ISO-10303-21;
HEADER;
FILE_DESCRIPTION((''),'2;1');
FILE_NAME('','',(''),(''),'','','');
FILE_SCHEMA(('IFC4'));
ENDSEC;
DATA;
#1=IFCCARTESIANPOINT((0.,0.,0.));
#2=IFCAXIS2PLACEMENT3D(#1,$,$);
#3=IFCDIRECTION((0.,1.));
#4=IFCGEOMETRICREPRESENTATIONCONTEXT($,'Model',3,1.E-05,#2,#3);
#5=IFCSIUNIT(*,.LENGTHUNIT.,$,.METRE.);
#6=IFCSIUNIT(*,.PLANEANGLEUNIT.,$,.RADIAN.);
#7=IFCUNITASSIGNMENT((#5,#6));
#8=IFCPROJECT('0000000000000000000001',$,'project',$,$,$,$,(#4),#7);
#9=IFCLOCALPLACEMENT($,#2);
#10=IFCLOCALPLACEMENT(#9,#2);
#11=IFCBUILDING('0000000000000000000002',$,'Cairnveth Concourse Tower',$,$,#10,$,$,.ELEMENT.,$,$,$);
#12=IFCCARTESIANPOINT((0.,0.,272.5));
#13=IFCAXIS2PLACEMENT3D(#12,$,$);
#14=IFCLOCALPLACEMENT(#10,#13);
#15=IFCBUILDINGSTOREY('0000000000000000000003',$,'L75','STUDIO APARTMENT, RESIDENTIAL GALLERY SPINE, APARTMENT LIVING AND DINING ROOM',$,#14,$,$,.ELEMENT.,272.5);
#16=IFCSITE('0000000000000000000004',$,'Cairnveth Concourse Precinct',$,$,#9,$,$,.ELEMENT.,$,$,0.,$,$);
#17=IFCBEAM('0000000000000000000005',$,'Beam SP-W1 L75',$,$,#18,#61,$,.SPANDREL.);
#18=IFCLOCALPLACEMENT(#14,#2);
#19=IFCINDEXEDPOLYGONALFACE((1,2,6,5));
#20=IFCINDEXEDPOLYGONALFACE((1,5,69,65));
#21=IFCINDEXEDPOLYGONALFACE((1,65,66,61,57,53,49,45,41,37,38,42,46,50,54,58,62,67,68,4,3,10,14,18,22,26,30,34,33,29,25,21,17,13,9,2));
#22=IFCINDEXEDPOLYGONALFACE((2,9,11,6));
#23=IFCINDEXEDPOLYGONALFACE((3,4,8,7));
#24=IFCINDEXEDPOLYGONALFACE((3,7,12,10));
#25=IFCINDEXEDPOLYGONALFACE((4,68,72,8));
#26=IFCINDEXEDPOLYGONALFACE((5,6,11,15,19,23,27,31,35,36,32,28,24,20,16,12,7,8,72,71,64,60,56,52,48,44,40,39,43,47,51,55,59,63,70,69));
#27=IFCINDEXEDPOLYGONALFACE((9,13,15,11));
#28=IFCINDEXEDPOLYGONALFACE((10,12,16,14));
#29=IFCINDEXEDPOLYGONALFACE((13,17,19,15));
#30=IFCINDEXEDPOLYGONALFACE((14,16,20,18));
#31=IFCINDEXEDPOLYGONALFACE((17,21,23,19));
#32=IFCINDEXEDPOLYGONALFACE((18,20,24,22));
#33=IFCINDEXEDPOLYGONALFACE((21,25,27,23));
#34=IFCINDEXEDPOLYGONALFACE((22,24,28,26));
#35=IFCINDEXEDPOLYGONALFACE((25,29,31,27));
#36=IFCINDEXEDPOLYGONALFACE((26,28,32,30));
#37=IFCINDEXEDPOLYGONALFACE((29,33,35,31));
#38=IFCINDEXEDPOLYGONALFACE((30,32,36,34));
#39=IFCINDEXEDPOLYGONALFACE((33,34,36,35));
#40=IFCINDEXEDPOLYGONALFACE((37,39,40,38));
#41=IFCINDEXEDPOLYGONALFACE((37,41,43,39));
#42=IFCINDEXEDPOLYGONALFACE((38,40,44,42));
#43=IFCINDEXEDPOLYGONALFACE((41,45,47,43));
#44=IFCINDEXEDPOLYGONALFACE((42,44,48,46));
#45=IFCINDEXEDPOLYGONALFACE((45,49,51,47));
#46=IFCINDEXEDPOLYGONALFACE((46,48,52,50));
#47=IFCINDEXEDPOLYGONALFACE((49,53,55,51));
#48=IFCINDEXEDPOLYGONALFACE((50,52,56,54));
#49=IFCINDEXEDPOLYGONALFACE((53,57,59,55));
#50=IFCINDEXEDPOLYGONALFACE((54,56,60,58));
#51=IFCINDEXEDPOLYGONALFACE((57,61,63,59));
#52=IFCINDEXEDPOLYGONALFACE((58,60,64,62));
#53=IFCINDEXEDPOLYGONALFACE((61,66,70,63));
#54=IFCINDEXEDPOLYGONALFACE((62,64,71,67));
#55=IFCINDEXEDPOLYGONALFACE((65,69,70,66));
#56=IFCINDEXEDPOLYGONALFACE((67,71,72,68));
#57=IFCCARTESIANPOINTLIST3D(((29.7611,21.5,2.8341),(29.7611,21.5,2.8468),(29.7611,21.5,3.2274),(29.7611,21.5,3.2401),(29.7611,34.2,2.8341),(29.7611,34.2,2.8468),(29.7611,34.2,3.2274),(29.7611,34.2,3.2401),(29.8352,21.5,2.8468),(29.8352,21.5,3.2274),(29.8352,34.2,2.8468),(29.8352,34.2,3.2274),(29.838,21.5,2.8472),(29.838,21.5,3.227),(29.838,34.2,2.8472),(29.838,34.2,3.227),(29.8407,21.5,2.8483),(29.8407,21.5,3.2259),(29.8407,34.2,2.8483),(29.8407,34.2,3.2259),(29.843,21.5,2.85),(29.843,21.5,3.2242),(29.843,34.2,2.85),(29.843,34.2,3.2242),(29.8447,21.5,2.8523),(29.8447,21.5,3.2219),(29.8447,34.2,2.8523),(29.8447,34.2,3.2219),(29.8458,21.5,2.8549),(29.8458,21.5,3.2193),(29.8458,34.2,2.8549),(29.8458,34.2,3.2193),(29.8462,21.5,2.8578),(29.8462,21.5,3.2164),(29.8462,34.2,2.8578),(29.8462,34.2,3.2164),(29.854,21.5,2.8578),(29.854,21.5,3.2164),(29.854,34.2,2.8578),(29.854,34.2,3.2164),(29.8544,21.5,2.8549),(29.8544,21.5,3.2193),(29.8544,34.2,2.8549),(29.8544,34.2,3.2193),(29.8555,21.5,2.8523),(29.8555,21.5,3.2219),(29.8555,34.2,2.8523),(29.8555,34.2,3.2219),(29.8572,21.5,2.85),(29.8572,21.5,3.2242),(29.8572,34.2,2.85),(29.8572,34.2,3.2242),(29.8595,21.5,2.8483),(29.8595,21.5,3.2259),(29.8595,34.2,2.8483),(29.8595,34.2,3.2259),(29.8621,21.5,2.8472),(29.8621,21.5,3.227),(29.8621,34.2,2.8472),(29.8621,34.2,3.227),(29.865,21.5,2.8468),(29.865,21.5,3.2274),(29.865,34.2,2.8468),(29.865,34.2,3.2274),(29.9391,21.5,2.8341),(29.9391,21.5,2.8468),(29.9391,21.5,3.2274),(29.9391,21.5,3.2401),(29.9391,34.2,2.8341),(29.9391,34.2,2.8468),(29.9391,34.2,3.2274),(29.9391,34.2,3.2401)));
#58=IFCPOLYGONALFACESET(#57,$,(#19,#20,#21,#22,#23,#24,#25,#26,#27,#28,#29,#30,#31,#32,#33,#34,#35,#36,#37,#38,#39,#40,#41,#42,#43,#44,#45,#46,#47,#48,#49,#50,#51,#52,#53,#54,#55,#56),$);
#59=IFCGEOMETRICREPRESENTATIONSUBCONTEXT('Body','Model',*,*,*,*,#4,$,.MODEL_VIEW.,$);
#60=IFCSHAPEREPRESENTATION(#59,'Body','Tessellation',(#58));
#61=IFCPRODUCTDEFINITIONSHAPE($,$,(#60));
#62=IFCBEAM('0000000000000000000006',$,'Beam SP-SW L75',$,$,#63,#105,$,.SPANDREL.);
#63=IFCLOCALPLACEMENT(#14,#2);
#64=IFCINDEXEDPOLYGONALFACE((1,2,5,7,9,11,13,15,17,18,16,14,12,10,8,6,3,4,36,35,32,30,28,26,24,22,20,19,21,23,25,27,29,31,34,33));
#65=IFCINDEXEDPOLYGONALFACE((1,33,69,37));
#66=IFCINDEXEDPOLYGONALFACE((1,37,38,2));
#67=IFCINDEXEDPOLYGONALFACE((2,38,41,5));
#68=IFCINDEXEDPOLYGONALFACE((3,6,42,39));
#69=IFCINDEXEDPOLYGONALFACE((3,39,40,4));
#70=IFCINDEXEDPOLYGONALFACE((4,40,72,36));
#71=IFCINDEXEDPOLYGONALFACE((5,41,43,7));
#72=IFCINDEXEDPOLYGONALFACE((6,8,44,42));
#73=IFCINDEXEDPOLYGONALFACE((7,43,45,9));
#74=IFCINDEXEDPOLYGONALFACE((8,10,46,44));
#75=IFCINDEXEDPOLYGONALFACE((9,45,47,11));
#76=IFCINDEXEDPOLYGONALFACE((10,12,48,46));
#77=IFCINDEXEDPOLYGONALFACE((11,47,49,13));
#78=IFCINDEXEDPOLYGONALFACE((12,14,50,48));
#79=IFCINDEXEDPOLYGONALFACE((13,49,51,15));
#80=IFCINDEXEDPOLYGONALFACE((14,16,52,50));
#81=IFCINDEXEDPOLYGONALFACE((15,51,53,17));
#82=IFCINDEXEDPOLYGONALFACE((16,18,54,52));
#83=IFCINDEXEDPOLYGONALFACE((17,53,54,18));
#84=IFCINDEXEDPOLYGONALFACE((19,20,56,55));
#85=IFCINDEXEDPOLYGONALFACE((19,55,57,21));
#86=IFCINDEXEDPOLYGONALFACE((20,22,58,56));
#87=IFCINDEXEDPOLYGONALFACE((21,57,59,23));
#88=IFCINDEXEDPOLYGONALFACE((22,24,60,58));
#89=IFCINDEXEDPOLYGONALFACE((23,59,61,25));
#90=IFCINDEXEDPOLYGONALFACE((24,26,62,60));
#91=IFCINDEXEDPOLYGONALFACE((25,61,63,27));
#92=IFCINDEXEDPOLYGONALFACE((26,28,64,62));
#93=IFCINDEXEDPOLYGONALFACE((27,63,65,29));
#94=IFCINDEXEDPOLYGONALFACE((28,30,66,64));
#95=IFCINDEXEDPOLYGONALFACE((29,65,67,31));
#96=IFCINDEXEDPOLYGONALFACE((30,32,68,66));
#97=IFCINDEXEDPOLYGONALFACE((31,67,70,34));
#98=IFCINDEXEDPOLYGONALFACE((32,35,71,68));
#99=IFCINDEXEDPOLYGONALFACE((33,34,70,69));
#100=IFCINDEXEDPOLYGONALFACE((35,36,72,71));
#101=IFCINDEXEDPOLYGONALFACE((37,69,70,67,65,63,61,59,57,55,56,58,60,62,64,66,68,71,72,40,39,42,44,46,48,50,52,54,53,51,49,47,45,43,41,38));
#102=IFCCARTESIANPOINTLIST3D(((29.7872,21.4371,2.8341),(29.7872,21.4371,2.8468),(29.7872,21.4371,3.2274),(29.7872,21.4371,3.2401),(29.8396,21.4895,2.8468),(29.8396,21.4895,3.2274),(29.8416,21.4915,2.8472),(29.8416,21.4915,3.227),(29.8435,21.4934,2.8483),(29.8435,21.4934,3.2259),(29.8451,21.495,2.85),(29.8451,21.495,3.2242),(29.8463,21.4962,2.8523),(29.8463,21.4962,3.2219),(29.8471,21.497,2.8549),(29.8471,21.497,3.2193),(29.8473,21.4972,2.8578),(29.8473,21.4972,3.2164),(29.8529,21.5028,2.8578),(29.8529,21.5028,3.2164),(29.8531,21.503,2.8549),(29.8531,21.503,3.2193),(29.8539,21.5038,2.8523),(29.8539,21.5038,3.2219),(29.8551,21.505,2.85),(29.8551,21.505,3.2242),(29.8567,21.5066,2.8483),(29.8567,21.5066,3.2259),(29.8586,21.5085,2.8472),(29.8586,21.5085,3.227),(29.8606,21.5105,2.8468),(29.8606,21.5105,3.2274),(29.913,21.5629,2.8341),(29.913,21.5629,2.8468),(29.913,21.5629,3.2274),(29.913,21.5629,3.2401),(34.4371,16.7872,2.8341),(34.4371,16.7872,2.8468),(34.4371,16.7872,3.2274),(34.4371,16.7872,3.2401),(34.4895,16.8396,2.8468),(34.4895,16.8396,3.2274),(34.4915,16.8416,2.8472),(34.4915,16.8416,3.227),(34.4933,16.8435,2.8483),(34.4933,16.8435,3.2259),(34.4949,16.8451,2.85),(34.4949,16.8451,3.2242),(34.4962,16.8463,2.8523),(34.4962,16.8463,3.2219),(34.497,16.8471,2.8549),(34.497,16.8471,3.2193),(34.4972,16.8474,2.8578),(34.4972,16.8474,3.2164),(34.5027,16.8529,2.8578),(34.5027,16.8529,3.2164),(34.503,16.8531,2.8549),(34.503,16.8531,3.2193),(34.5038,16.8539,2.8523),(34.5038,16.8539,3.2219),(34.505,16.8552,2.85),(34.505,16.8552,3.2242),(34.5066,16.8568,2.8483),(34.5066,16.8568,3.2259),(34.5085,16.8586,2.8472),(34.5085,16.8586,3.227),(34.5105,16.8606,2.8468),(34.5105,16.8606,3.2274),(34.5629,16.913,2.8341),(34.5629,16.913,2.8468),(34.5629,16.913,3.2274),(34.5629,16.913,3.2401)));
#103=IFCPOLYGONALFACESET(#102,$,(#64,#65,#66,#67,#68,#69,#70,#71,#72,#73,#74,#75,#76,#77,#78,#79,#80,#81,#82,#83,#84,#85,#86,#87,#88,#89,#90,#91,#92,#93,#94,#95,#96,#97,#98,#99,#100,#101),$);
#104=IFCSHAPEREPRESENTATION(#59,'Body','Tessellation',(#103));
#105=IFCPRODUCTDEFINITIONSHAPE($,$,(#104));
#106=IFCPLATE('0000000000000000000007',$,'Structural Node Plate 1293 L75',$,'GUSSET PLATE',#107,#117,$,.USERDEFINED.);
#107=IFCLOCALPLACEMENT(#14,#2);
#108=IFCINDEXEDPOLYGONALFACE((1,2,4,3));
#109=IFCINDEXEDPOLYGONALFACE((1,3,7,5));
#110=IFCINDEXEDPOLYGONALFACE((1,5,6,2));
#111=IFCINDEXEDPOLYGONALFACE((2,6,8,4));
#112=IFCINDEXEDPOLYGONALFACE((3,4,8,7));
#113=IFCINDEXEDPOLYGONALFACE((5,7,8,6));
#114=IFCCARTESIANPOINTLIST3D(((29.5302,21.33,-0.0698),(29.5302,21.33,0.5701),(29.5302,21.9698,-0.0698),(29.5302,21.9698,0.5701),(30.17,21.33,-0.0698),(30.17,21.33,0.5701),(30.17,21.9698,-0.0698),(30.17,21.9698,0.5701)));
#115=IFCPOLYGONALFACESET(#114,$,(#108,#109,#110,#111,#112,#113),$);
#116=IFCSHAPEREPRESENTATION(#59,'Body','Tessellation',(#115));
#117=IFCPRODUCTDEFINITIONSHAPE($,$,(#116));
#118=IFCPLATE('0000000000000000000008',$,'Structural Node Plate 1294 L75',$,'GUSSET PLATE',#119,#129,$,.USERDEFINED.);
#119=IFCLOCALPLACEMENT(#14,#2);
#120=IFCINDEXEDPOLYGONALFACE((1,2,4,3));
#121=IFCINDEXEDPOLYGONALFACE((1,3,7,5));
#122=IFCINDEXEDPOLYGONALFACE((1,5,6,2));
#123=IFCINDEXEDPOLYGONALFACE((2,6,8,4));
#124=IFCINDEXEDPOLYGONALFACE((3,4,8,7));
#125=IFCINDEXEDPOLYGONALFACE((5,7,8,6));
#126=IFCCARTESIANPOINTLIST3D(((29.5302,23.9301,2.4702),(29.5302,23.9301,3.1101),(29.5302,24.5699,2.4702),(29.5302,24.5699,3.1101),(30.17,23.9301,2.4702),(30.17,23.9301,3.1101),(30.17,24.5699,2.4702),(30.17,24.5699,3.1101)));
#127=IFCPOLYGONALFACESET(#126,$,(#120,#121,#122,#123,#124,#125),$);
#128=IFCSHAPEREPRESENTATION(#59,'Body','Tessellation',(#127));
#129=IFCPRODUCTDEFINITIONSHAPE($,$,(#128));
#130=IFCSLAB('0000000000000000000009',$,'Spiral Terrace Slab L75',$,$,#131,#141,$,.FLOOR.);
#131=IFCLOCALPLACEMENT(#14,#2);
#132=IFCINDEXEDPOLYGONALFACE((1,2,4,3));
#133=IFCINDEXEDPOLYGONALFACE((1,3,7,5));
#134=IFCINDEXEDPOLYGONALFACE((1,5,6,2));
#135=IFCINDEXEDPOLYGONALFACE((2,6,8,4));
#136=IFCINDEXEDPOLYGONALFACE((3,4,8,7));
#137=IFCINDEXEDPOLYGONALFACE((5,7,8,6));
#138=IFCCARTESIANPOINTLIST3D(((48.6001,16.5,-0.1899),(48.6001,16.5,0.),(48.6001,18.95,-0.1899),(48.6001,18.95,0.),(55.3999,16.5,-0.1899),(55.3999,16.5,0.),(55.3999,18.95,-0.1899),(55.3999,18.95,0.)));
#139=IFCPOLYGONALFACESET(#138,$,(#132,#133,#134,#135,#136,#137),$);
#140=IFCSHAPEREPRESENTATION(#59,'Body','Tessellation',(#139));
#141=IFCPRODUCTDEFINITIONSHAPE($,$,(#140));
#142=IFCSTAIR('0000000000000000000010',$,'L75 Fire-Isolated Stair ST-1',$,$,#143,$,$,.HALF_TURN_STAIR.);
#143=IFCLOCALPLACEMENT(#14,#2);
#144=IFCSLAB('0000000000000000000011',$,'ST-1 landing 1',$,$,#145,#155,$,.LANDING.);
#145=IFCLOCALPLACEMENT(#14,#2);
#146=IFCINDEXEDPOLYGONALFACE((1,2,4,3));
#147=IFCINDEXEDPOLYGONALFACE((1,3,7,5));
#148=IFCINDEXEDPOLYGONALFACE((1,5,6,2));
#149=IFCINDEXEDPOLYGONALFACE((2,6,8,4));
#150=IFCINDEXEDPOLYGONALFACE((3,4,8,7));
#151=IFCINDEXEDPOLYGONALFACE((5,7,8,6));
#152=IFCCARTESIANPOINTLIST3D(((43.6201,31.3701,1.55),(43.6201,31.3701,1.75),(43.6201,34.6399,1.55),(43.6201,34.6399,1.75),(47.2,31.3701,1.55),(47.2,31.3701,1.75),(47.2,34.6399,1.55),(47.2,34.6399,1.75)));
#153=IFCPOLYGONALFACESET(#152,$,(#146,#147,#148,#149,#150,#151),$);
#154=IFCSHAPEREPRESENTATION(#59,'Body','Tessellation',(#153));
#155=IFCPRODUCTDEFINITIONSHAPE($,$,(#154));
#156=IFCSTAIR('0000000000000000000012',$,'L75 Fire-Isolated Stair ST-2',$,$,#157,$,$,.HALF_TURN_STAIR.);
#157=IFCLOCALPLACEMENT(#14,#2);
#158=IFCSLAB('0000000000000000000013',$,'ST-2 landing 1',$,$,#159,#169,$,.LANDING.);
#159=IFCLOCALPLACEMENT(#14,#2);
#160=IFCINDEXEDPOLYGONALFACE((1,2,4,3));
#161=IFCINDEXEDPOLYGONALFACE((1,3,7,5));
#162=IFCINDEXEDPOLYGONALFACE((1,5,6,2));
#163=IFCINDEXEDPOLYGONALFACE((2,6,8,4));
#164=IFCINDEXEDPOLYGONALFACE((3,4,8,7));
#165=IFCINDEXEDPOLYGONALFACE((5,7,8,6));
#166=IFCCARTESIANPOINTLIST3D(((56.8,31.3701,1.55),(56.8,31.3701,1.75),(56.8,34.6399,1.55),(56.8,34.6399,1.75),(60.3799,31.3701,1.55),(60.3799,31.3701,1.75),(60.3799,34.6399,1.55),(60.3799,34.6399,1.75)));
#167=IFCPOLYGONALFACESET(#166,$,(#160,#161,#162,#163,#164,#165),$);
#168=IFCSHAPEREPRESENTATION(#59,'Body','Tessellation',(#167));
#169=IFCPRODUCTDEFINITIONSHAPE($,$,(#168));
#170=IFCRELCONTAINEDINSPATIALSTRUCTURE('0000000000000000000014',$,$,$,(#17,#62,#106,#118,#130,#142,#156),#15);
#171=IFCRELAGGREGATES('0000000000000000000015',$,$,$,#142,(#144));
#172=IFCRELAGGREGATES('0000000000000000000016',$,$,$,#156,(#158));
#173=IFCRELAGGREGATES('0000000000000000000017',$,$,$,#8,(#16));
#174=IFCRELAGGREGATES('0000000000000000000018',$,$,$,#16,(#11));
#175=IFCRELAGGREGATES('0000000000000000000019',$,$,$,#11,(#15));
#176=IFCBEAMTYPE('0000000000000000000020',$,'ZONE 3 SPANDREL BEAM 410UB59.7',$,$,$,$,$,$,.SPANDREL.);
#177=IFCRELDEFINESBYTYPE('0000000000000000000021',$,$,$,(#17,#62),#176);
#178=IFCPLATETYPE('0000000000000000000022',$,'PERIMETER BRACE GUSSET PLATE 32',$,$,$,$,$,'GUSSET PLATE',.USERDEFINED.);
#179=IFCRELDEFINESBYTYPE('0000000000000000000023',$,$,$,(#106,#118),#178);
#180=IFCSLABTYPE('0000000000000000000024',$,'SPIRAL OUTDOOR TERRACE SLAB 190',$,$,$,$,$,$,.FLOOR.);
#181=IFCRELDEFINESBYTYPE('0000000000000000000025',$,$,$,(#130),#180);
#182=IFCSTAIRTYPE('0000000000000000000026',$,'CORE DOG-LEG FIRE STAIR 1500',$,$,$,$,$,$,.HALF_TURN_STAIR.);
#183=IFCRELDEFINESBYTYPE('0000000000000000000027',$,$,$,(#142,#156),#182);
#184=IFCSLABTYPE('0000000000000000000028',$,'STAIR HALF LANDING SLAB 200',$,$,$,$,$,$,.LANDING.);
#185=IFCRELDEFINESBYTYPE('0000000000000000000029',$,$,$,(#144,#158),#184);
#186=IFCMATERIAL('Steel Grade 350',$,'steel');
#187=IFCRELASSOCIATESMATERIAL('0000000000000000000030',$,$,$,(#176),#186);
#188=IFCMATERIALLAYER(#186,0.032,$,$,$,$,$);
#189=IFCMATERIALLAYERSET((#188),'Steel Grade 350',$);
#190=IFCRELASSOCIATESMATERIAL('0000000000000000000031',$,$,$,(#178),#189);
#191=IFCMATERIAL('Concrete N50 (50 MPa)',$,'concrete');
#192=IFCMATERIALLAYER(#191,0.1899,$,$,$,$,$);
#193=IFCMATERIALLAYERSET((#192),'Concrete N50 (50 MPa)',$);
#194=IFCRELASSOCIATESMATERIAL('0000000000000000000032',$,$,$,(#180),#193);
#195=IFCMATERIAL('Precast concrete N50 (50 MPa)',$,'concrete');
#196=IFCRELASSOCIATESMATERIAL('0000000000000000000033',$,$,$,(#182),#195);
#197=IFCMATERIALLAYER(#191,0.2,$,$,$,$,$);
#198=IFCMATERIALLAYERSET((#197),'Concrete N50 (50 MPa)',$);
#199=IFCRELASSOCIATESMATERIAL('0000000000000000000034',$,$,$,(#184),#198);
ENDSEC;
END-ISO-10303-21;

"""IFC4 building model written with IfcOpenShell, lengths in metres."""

from ifc_helpers import new_model, si_unit, direction, frame, origin, origin_2d, place, context, subcontext, project, spatial, polyline, rectangle, i_section, outline, extrude, material, layer, layer_set, material_profile, profile_set, type_object, element, aggregate, save


model = new_model("IFC4")

# Units and contexts
model_context = context("Model", 3, precision=1e-05, world=origin(), true_north=direction((0.0, 1.0)))
body_context = subcontext(model_context, "Body", "Model", "MODEL_VIEW")
ifc_project = project(units=[si_unit("LENGTHUNIT", "METRE"), si_unit("PLANEANGLEUNIT", "RADIAN")], contexts=[model_context])

# Site, building, storey
site_placement = place(None, origin())
site = spatial("IfcSite", under=ifc_project, at=site_placement, Name="Cairnveth Concourse Precinct", CompositionType="ELEMENT", RefElevation=0.0)
building_placement = place(site_placement, origin())
building = spatial("IfcBuilding", under=site, at=building_placement, Name="Cairnveth Concourse Tower", CompositionType="ELEMENT")
storey_placement = place(building_placement, frame((0.0, 0.0, 272.5)))
storey = spatial("IfcBuildingStorey", under=building, at=storey_placement, Name="L75", Description="STUDIO APARTMENT, RESIDENTIAL GALLERY SPINE, APARTMENT LIVING AND DINING ROOM", CompositionType="ELEMENT", Elevation=272.5)

# Shared definitions
ifc_material_1 = material(Name="Steel Grade 350", Category="steel")

# Beams
ifc_material_profile_1 = material_profile(ifc_material_1, i_section(OverallWidth=0.178, OverallDepth=0.406, WebThickness=0.0078, FlangeThickness=0.0127, FilletRadius=0.011, at=origin_2d()), Name="410UB59.7")
ifc_profile_set_1 = profile_set([ifc_material_profile_1], Name="Steel Grade 350")
beam_type_1 = type_object("IfcBeamType", Name="ZONE 3 SPANDREL BEAM 410UB59.7", PredefinedType="SPANDREL", material=ifc_profile_set_1)
beam_1_placement = place(storey_placement, frame((29.8501, 21.5, 3.0371), z_axis=(0.0, 1.0, 0.0), x_axis=(-1.0, 0.0, 0.0)))
element("IfcBeam", 1, at=beam_1_placement, inside=storey, type_object=beam_type_1, Name="Beam SP-W1 L75", PredefinedType="SPANDREL", context=body_context, shape_type="SweptSolid", body=[
    extrude(i_section(OverallWidth=0.178, OverallDepth=0.406, WebThickness=0.0078, FlangeThickness=0.0127, FilletRadius=0.011, at=origin_2d()), origin(), (0.0, 0.0, 1.0), 12.7),
])
beam_2_placement = place(storey_placement, frame((29.8501, 21.5, 3.0371), z_axis=(0.707107, -0.707107, 0.0), x_axis=(0.707107, 0.707107, 0.0)))
element("IfcBeam", 2, at=beam_2_placement, inside=storey, type_object=beam_type_1, Name="Beam SP-SW L75", PredefinedType="SPANDREL", context=body_context, shape_type="SweptSolid", body=[
    extrude(i_section(OverallWidth=0.178, OverallDepth=0.406, WebThickness=0.0078, FlangeThickness=0.0127, FilletRadius=0.011, at=origin_2d()), origin(), (0.0, 0.0, 1.0), 6.5759),
])

# Plates
ifc_layer_1 = layer(ifc_material_1, 0.032)
ifc_layer_set_1 = layer_set([ifc_layer_1], Name="Steel Grade 350")
plate_type = type_object("IfcPlateType", Name="PERIMETER BRACE GUSSET PLATE 32", ElementType="GUSSET PLATE", PredefinedType="USERDEFINED", material=ifc_layer_set_1)
for number, where, z_axis, x_axis, name in (
    (3, (29.8501, 21.6499, -0.0698), (0.0, 0.0, 1.0), (1.0, 0.0, 0.0), "Structural Node Plate 1293 L75"),
    (4, (29.8501, 24.25, 2.4702), (0.0, 0.0, 1.0), (1.0, 0.0, 0.0), "Structural Node Plate 1294 L75"),
):
    element("IfcPlate", number, at=place(storey_placement, frame(where, z_axis=z_axis, x_axis=x_axis)), inside=storey, type_object=plate_type, Name=name, ObjectType="GUSSET PLATE", PredefinedType="USERDEFINED", context=body_context, shape_type="SweptSolid", body=[
        extrude(rectangle(XDim=0.6399, YDim=0.6399, at=origin_2d()), origin(), (0.0, 0.0, 1.0), 0.6399),
    ])

# Slab
ifc_material_2 = material(Name="Concrete N50 (50 MPa)", Category="concrete")
ifc_layer_2 = layer(ifc_material_2, 0.1899)
ifc_layer_set_2 = layer_set([ifc_layer_2], Name="Concrete N50 (50 MPa)")
slab_type_1 = type_object("IfcSlabType", Name="SPIRAL OUTDOOR TERRACE SLAB 190", PredefinedType="FLOOR", material=ifc_layer_set_2)
slab_1_placement = place(storey_placement, frame((0.0, 0.0, -0.1899)))
element("IfcSlab", 5, at=slab_1_placement, inside=storey, type_object=slab_type_1, Name="Spiral Terrace Slab L75", PredefinedType="FLOOR", context=body_context, shape_type="SweptSolid", body=[
    extrude(outline(polyline([(48.6001, 16.5), (55.3999, 16.5), (55.3999, 18.95), (48.6001, 18.95), (48.6001, 16.5)])), origin(), (0.0, 0.0, 1.0), 0.1899),
])

# Stairs, slabs
ifc_material_3 = material(Name="Precast concrete N50 (50 MPa)", Category="concrete")
stair_type = type_object("IfcStairType", Name="CORE DOG-LEG FIRE STAIR 1500", PredefinedType="HALF_TURN_STAIR", material=ifc_material_3)
stair_1_placement = place(storey_placement, origin())
stair_1 = element("IfcStair", 6, at=stair_1_placement, inside=storey, type_object=stair_type, Name="L75 Fire-Isolated Stair ST-1", PredefinedType="HALF_TURN_STAIR")
ifc_layer_3 = layer(ifc_material_2, 0.2)
ifc_layer_set_3 = layer_set([ifc_layer_3], Name="Concrete N50 (50 MPa)")
slab_type_2 = type_object("IfcSlabType", Name="STAIR HALF LANDING SLAB 200", PredefinedType="LANDING", material=ifc_layer_set_3)
slab_2_placement = place(storey_placement, frame((0.0, 0.0, 1.55)))
slab_2 = element("IfcSlab", 7, at=slab_2_placement, type_object=slab_type_2, Name="ST-1 landing 1", PredefinedType="LANDING", context=body_context, shape_type="SweptSolid", body=[
    extrude(outline(polyline([(43.6201, 34.6399), (43.6201, 31.3701), (47.2, 31.3701), (47.2, 34.6399), (43.6201, 34.6399)])), origin(), (0.0, 0.0, 1.0), 0.2),
])
aggregate(stair_1, [slab_2])
stair_2_placement = place(storey_placement, origin())
stair_2 = element("IfcStair", 8, at=stair_2_placement, inside=storey, type_object=stair_type, Name="L75 Fire-Isolated Stair ST-2", PredefinedType="HALF_TURN_STAIR")
slab_3_placement = place(storey_placement, frame((0.0, 0.0, 1.55)))
slab_3 = element("IfcSlab", 9, at=slab_3_placement, type_object=slab_type_2, Name="ST-2 landing 1", PredefinedType="LANDING", context=body_context, shape_type="SweptSolid", body=[
    extrude(outline(polyline([(56.8, 34.6399), (56.8, 31.3701), (60.3799, 31.3701), (60.3799, 34.6399), (56.8, 34.6399)])), origin(), (0.0, 0.0, 1.0), 0.2),
])
aggregate(stair_2, [slab_3])

save(model, "model.ifc")
